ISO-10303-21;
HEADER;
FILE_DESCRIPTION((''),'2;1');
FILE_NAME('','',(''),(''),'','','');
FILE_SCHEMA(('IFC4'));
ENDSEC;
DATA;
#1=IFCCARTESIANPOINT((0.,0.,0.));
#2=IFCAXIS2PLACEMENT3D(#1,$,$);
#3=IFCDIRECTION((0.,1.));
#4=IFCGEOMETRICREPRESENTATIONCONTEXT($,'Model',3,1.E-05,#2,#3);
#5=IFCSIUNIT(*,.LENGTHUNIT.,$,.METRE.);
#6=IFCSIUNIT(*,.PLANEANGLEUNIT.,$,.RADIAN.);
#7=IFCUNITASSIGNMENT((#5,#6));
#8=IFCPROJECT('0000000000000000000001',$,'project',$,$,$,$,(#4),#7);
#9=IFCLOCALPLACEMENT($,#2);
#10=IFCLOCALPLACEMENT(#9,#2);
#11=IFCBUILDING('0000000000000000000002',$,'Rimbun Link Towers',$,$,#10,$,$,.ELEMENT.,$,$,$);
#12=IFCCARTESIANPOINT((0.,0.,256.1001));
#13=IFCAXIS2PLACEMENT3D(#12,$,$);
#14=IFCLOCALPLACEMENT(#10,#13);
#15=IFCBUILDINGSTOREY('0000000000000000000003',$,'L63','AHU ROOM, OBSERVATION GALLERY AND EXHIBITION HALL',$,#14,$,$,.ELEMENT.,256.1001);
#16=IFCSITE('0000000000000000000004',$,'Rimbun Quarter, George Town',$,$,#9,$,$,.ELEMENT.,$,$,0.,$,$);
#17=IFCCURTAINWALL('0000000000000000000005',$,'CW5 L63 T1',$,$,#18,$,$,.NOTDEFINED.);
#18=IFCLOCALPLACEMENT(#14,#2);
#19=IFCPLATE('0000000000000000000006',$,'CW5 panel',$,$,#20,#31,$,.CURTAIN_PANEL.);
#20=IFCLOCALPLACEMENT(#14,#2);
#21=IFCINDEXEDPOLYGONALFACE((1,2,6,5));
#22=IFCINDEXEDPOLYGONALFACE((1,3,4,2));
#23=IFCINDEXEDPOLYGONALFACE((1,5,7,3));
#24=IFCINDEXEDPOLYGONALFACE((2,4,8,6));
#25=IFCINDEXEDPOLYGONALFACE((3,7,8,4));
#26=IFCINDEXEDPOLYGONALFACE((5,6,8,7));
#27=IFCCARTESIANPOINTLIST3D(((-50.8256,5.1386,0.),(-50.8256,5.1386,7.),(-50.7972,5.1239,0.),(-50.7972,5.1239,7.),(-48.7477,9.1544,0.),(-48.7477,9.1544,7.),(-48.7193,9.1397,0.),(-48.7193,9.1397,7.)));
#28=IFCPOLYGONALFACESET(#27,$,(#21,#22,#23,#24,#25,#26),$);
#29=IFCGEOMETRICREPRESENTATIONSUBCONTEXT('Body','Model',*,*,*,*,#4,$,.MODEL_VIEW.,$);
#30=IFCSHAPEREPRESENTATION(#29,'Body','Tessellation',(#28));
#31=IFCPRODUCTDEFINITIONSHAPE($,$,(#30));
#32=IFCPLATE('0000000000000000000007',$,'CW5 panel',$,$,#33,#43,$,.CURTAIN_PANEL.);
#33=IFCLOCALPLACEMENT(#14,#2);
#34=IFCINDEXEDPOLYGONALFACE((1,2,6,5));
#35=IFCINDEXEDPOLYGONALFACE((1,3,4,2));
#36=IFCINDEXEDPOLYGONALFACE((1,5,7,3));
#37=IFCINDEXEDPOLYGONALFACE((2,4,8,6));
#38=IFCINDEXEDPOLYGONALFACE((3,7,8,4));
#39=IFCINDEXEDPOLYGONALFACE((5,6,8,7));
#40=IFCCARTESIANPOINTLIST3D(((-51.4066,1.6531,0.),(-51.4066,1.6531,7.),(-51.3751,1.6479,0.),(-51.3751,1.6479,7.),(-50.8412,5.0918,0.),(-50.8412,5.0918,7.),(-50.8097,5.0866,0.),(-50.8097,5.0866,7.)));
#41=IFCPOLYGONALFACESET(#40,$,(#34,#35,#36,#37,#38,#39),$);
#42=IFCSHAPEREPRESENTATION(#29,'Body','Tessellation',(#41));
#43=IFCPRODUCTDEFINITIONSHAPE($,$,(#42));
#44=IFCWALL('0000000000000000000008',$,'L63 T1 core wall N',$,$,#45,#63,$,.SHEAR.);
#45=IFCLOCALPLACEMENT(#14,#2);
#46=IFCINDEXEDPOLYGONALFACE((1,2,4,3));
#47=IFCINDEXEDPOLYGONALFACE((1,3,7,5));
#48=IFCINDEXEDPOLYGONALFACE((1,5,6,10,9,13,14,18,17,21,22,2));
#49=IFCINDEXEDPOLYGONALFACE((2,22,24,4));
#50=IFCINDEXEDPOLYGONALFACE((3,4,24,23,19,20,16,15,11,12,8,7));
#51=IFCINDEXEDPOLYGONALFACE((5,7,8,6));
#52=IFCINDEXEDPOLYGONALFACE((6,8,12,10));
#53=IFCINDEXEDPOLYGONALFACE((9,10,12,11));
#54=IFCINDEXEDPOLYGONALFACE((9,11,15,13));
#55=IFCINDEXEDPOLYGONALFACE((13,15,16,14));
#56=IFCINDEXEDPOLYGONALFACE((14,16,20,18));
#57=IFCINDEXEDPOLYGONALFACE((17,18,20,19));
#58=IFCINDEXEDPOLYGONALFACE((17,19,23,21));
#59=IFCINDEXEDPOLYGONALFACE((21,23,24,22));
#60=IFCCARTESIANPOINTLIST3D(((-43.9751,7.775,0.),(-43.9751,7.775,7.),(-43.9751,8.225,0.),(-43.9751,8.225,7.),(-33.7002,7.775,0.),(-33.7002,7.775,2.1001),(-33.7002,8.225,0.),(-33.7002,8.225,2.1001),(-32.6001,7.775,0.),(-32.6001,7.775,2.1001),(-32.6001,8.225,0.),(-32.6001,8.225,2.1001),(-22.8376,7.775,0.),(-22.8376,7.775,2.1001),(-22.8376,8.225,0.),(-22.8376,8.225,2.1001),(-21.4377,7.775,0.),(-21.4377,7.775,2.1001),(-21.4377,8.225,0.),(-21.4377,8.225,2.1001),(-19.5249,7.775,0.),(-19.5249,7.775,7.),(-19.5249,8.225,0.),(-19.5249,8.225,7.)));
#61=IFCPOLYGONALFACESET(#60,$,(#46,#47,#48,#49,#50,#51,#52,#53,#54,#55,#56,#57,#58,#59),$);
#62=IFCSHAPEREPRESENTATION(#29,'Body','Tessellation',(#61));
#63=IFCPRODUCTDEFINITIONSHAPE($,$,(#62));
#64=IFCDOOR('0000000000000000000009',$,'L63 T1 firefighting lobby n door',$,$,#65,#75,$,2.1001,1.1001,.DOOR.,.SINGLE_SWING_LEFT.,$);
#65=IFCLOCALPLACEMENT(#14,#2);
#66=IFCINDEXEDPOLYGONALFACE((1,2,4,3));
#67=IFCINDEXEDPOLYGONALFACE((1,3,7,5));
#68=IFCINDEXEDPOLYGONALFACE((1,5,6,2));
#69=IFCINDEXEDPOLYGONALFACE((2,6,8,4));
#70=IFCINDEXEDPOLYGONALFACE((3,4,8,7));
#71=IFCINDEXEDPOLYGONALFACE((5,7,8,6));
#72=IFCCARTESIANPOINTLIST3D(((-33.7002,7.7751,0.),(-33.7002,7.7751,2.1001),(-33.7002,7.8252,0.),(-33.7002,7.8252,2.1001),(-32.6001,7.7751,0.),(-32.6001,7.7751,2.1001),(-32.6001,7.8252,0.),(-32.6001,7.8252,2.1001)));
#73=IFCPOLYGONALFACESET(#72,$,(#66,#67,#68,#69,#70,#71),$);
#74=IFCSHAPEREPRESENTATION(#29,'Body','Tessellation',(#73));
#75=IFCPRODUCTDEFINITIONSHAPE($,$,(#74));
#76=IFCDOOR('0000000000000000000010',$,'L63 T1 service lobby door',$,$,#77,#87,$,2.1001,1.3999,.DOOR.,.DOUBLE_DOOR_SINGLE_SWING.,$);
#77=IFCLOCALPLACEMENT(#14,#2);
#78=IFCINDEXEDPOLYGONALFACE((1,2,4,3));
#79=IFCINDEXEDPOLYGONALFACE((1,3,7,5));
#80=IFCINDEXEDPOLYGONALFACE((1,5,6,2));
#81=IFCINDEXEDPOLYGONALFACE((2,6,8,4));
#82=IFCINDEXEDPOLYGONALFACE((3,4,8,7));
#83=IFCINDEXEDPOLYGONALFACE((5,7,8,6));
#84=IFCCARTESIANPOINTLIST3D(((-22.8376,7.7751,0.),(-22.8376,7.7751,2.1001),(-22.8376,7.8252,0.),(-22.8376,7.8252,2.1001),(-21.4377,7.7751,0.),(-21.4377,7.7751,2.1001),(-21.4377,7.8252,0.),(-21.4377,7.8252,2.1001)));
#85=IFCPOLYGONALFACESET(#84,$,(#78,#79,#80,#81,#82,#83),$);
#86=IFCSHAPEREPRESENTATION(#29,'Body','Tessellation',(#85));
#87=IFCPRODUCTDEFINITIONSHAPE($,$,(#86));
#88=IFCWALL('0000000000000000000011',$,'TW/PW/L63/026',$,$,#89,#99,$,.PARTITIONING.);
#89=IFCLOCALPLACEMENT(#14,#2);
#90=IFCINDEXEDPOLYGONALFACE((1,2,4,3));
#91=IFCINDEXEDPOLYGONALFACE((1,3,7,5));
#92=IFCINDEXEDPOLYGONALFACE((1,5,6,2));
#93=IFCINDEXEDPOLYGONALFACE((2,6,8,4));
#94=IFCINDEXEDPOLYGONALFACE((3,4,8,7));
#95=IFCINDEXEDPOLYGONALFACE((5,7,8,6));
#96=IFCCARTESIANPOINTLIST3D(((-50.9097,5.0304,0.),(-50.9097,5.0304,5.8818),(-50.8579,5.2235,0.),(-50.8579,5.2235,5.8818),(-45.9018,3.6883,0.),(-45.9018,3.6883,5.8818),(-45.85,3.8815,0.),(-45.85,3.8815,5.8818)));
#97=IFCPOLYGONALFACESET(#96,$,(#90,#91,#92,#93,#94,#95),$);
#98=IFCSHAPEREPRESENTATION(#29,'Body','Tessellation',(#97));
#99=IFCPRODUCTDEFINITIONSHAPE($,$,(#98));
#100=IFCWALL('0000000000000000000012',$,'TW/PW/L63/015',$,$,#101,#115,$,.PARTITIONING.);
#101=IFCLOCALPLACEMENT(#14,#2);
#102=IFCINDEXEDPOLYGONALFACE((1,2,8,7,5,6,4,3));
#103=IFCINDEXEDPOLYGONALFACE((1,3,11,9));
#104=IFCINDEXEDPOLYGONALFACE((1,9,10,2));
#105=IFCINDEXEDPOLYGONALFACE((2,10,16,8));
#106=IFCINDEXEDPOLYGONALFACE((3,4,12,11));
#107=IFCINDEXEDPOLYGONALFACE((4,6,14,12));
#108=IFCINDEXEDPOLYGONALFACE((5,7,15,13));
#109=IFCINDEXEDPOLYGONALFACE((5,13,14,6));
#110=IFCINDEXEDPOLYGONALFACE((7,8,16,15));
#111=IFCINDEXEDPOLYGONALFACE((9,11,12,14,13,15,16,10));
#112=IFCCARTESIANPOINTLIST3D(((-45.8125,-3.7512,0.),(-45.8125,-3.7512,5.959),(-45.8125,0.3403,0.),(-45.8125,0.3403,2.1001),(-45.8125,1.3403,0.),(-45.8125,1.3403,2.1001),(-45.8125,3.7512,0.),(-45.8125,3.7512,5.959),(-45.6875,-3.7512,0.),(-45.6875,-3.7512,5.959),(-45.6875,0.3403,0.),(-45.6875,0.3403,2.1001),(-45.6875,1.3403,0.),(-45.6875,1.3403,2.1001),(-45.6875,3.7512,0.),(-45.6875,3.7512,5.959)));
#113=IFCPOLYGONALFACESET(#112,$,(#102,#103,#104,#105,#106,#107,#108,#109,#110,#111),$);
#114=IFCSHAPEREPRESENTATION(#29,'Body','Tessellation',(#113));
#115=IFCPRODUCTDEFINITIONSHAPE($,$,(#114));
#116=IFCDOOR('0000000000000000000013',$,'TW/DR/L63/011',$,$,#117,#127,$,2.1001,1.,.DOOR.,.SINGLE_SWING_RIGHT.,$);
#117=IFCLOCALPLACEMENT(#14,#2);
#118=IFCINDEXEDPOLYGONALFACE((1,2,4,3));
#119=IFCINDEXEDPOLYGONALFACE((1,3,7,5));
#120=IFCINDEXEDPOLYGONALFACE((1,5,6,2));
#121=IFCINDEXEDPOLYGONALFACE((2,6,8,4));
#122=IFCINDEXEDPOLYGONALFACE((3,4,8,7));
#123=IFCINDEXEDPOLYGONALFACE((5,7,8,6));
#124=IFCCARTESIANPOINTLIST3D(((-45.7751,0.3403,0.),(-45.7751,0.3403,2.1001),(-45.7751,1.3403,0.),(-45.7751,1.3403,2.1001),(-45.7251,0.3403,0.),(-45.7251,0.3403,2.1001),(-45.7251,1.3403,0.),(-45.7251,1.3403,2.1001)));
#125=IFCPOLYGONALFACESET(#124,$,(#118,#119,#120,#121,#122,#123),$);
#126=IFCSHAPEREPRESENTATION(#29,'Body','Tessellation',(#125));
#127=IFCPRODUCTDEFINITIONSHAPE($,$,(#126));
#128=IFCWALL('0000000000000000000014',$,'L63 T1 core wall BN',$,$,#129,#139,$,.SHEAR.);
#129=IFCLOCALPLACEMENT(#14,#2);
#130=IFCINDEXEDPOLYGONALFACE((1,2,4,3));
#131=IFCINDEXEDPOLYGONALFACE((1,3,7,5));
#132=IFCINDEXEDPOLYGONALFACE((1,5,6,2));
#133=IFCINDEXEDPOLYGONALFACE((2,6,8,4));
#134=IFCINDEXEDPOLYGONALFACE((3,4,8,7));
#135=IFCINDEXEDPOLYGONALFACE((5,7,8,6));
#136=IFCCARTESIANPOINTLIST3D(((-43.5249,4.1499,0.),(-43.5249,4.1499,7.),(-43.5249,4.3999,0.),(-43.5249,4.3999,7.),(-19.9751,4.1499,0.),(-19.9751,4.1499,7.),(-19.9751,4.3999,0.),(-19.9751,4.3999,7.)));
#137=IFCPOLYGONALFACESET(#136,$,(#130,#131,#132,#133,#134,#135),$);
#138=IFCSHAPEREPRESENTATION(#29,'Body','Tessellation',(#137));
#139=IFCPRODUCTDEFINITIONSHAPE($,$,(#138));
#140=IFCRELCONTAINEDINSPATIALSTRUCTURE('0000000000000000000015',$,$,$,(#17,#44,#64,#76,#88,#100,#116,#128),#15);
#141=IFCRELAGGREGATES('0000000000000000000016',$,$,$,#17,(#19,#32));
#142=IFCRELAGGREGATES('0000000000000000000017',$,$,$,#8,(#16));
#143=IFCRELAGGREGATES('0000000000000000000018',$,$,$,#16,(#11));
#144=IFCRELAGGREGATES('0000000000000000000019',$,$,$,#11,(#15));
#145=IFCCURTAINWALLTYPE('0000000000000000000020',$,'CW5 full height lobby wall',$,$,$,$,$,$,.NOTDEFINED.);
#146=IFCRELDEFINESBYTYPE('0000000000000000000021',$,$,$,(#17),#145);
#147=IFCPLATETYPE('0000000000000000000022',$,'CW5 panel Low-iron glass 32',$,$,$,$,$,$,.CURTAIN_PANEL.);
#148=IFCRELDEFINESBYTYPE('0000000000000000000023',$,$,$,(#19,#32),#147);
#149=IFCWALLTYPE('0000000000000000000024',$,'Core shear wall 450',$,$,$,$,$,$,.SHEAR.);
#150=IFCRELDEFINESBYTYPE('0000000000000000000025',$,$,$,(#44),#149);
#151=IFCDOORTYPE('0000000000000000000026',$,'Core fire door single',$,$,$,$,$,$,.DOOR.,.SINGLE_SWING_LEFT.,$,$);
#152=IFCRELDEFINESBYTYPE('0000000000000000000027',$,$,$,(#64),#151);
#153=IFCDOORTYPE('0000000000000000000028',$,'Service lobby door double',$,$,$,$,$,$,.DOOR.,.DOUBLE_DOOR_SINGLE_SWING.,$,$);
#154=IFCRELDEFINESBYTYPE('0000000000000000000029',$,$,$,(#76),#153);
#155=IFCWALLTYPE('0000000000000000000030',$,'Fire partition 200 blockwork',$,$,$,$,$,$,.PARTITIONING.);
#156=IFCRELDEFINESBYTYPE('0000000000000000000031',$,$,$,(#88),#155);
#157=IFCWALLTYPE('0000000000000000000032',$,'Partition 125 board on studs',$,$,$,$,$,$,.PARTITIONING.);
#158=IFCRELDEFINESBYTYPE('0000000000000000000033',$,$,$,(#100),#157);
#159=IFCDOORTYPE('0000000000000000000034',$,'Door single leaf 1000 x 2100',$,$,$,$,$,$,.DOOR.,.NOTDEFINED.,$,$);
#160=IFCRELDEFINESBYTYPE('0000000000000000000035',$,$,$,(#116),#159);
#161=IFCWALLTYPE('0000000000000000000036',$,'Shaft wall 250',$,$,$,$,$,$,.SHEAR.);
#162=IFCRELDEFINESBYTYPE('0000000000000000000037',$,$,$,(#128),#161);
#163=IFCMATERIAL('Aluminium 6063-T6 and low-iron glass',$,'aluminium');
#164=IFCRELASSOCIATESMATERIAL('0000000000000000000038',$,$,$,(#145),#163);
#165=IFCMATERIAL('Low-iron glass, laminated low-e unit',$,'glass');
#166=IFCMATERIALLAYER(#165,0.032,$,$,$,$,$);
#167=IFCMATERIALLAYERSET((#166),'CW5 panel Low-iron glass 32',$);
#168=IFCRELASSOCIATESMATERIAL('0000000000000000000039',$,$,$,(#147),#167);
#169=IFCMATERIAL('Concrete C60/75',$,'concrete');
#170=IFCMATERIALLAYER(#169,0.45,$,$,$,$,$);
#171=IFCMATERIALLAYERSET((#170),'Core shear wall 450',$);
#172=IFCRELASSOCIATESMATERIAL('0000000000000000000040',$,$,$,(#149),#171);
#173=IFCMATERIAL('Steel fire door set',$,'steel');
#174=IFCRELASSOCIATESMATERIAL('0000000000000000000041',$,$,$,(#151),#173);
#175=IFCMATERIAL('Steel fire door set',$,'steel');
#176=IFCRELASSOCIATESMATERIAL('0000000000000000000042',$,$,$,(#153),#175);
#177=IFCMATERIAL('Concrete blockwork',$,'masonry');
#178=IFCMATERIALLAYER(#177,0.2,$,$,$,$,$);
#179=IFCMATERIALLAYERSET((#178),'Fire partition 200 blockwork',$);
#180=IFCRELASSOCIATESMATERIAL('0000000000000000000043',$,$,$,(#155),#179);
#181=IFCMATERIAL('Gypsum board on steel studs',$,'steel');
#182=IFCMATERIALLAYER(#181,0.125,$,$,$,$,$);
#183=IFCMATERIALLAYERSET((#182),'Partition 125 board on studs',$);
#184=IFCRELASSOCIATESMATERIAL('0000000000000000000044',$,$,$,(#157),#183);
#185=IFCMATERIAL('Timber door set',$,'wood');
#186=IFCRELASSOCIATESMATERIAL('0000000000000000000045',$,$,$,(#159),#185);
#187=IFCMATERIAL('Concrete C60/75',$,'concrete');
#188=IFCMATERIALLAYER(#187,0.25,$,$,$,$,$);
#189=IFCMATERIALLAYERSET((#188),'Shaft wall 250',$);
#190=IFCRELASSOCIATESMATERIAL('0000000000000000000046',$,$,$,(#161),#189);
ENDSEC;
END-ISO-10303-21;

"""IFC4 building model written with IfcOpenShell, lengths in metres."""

from ifc_helpers import new_model, si_unit, direction, frame, frame_2d, origin, origin_2d, place, context, subcontext, project, spatial, rectangle, extrude, material, layer, layer_set, type_object, element, fill, aggregate, save


model = new_model("IFC4")

# Units and contexts
model_context = context("Model", 3, precision=1e-05, world=origin(), true_north=direction((0.0, 1.0)))
body_context = subcontext(model_context, "Body", "Model", "MODEL_VIEW")
ifc_project = project(units=[si_unit("LENGTHUNIT", "METRE"), si_unit("PLANEANGLEUNIT", "RADIAN")], contexts=[model_context])

# Site, building, storey
site_placement = place(None, origin())
site = spatial("IfcSite", under=ifc_project, at=site_placement, Name="Rimbun Quarter, George Town", CompositionType="ELEMENT", RefElevation=0.0)
building_placement = place(site_placement, origin())
building = spatial("IfcBuilding", under=site, at=building_placement, Name="Rimbun Link Towers", CompositionType="ELEMENT")
storey_placement = place(building_placement, frame((0.0, 0.0, 256.1001)))
storey = spatial("IfcBuildingStorey", under=building, at=storey_placement, Name="L63", Description="AHU ROOM, OBSERVATION GALLERY AND EXHIBITION HALL", CompositionType="ELEMENT", Elevation=256.1001)

# Curtain wall
ifc_material_1 = material(Name="Aluminium 6063-T6 and low-iron glass", Category="aluminium")
curtain_wall_type = type_object("IfcCurtainWallType", Name="CW5 full height lobby wall", PredefinedType="NOTDEFINED", material=ifc_material_1)
curtain_wall_placement = place(storey_placement, origin())
curtain_wall = element("IfcCurtainWall", 1, at=curtain_wall_placement, inside=storey, type_object=curtain_wall_type, Name="CW5 L63 T1", PredefinedType="NOTDEFINED")

# Plates
ifc_material_2 = material(Name="Low-iron glass, laminated low-e unit", Category="glass")
ifc_layer_1 = layer(ifc_material_2, 0.032)
ifc_layer_set_1 = layer_set([ifc_layer_1], Name="CW5 panel Low-iron glass 32")
plate_type = type_object("IfcPlateType", Name="CW5 panel Low-iron glass 32", PredefinedType="CURTAIN_PANEL", material=ifc_layer_set_1)
plate_1_placement = place(storey_placement, frame((-49.7725, 7.1392, 0.0), z_axis=(0.0, 0.0, 1.0), x_axis=(0.459551, 0.888152, 0.0)))
plate_1 = element("IfcPlate", 2, at=plate_1_placement, type_object=plate_type, Name="CW5 panel", PredefinedType="CURTAIN_PANEL", context=body_context, shape_type="SweptSolid", body=[
    extrude(rectangle(XDim=4.5215, YDim=0.032, at=origin_2d()), origin(), (0.0, 0.0, 1.0), 7.0),
])
plate_2_placement = place(storey_placement, frame((-51.1082, 3.3699, 0.0), z_axis=(0.0, 0.0, 1.0), x_axis=(0.162249, 0.98675, 0.0)))
plate_2 = element("IfcPlate", 3, at=plate_2_placement, type_object=plate_type, Name="CW5 panel", PredefinedType="CURTAIN_PANEL", context=body_context, shape_type="SweptSolid", body=[
    extrude(rectangle(XDim=3.4849, YDim=0.032, at=origin_2d()), origin(), (0.0, 0.0, 1.0), 7.0),
])
aggregate(curtain_wall, [plate_1, plate_2])

# Wall, openings, doors
ifc_material_3 = material(Name="Concrete C60/75", Category="concrete")
ifc_layer_2 = layer(ifc_material_3, 0.45)
ifc_layer_set_2 = layer_set([ifc_layer_2], Name="Core shear wall 450")
wall_type_1 = type_object("IfcWallType", Name="Core shear wall 450", PredefinedType="SHEAR", material=ifc_layer_set_2)
wall_1_placement = place(storey_placement, frame((-43.9751, 8.0, 0.0), z_axis=(0.0, 0.0, 1.0), x_axis=(1.0, 0.0, 0.0)))
wall_1 = element("IfcWall", 4, at=wall_1_placement, inside=storey, type_object=wall_type_1, Name="L63 T1 core wall N", PredefinedType="SHEAR", context=body_context, shape_type="SweptSolid", body=[
    extrude(rectangle(XDim=24.4502, YDim=0.45, at=frame_2d((12.2251, 0.0))), origin(), (0.0, 0.0, 1.0), 7.0),
])
opening_1_placement = place(wall_1_placement, frame((10.2749, 0.0, 0.0)))
opening_1 = element("IfcOpeningElement", 5, at=opening_1_placement, cuts=wall_1, PredefinedType="OPENING", context=body_context, shape_type="SweptSolid", body=[
    extrude(rectangle(XDim=1.1001, YDim=2.1001, at=frame_2d((0.55, 1.05))), frame((0.0, 0.2349, 0.0), z_axis=(0.0, -1.0, 0.0), x_axis=(1.0, 0.0, 0.0)), (0.0, 0.0, 1.0), 0.47),
])
opening_2_placement = place(wall_1_placement, frame((21.1375, 0.0, 0.0)))
opening_2 = element("IfcOpeningElement", 6, at=opening_2_placement, cuts=wall_1, PredefinedType="OPENING", context=body_context, shape_type="SweptSolid", body=[
    extrude(rectangle(XDim=1.3999, YDim=2.1001, at=frame_2d((0.7, 1.05))), frame((0.0, 0.2349, 0.0), z_axis=(0.0, -1.0, 0.0), x_axis=(1.0, 0.0, 0.0)), (0.0, 0.0, 1.0), 0.47),
])
ifc_material_4 = material(Name="Steel fire door set", Category="steel")
door_type_1 = type_object("IfcDoorType", Name="Core fire door single", OperationType="SINGLE_SWING_LEFT", PredefinedType="DOOR", material=ifc_material_4)
door_1_placement = place(opening_1_placement, origin())
door_1 = element("IfcDoor", 7, at=door_1_placement, inside=storey, type_object=door_type_1, Name="L63 T1 firefighting lobby n door", OperationType="SINGLE_SWING_LEFT", OverallHeight=2.1001, OverallWidth=1.1001, PredefinedType="DOOR", context=body_context, shape_type="SweptSolid", body=[
    extrude(rectangle(XDim=1.1001, YDim=2.1001, at=frame_2d((0.55, 1.05))), frame((0.0, -0.1748, 0.0), z_axis=(0.0, -1.0, 0.0), x_axis=(1.0, 0.0, 0.0)), (0.0, 0.0, 1.0), 0.05),
])
fill(opening_1, door_1)
ifc_material_5 = material(Name="Steel fire door set", Category="steel")
door_type_2 = type_object("IfcDoorType", Name="Service lobby door double", OperationType="DOUBLE_DOOR_SINGLE_SWING", PredefinedType="DOOR", material=ifc_material_5)
door_2_placement = place(opening_2_placement, origin())
door_2 = element("IfcDoor", 8, at=door_2_placement, inside=storey, type_object=door_type_2, Name="L63 T1 service lobby door", OperationType="DOUBLE_DOOR_SINGLE_SWING", OverallHeight=2.1001, OverallWidth=1.3999, PredefinedType="DOOR", context=body_context, shape_type="SweptSolid", body=[
    extrude(rectangle(XDim=1.3999, YDim=2.1001, at=frame_2d((0.7, 1.05))), frame((0.0, -0.1748, 0.0), z_axis=(0.0, -1.0, 0.0), x_axis=(1.0, 0.0, 0.0)), (0.0, 0.0, 1.0), 0.05),
])
fill(opening_2, door_2)

# Wall
ifc_material_6 = material(Name="Concrete blockwork", Category="masonry")
ifc_layer_3 = layer(ifc_material_6, 0.2)
ifc_layer_set_3 = layer_set([ifc_layer_3], Name="Fire partition 200 blockwork")
wall_type_2 = type_object("IfcWallType", Name="Fire partition 200 blockwork", PredefinedType="PARTITIONING", material=ifc_layer_set_3)
wall_2_placement = place(storey_placement, frame((-50.8838, 5.127, 0.0), z_axis=(0.0, 0.0, 1.0), x_axis=(0.965916, -0.258855, 0.0)))
element("IfcWall", 9, at=wall_2_placement, inside=storey, type_object=wall_type_2, Name="TW/PW/L63/026", PredefinedType="PARTITIONING", context=body_context, shape_type="SweptSolid", body=[
    extrude(rectangle(XDim=5.1846, YDim=0.2, at=frame_2d((2.5923, 0.0))), origin(), (0.0, 0.0, 1.0), 5.8818),
])

# Wall, opening, door
ifc_material_7 = material(Name="Gypsum board on steel studs", Category="steel")
ifc_layer_4 = layer(ifc_material_7, 0.125)
ifc_layer_set_4 = layer_set([ifc_layer_4], Name="Partition 125 board on studs")
wall_type_3 = type_object("IfcWallType", Name="Partition 125 board on studs", PredefinedType="PARTITIONING", material=ifc_layer_set_4)
wall_3_placement = place(storey_placement, frame((-45.75, 3.7512, 0.0), z_axis=(0.0, 0.0, 1.0), x_axis=(0.0, -1.0, 0.0)))
wall_3 = element("IfcWall", 10, at=wall_3_placement, inside=storey, type_object=wall_type_3, Name="TW/PW/L63/015", PredefinedType="PARTITIONING", context=body_context, shape_type="SweptSolid", body=[
    extrude(rectangle(XDim=7.5024, YDim=0.125, at=frame_2d((3.7512, 0.0))), origin(), (0.0, 0.0, 1.0), 5.959),
])
opening_3_placement = place(wall_3_placement, frame((2.4109, 0.0, 0.0)))
opening_3 = element("IfcOpeningElement", 11, at=opening_3_placement, cuts=wall_3, PredefinedType="OPENING", context=body_context, shape_type="SweptSolid", body=[
    extrude(rectangle(XDim=1.0, YDim=2.1001, at=frame_2d((0.5, 1.05))), frame((0.0, 0.0725, 0.0), z_axis=(0.0, -1.0, 0.0), x_axis=(1.0, 0.0, 0.0)), (0.0, 0.0, 1.0), 0.145),
])
ifc_material_8 = material(Name="Timber door set", Category="wood")
door_type_3 = type_object("IfcDoorType", Name="Door single leaf 1000 x 2100", OperationType="NOTDEFINED", PredefinedType="DOOR", material=ifc_material_8)
door_3_placement = place(opening_3_placement, origin())
door_3 = element("IfcDoor", 12, at=door_3_placement, inside=storey, type_object=door_type_3, Name="TW/DR/L63/011", OperationType="SINGLE_SWING_RIGHT", OverallHeight=2.1001, OverallWidth=1.0, PredefinedType="DOOR", context=body_context, shape_type="SweptSolid", body=[
    extrude(rectangle(XDim=1.0, YDim=2.1001, at=frame_2d((0.5, 1.05))), frame((0.0, 0.0249, 0.0), z_axis=(0.0, -1.0, 0.0), x_axis=(1.0, 0.0, 0.0)), (0.0, 0.0, 1.0), 0.05),
])
fill(opening_3, door_3)

# Wall
ifc_material_9 = material(Name="Concrete C60/75", Category="concrete")
ifc_layer_5 = layer(ifc_material_9, 0.25)
ifc_layer_set_5 = layer_set([ifc_layer_5], Name="Shaft wall 250")
wall_type_4 = type_object("IfcWallType", Name="Shaft wall 250", PredefinedType="SHEAR", material=ifc_layer_set_5)
wall_4_placement = place(storey_placement, frame((-43.5249, 4.2749, 0.0), z_axis=(0.0, 0.0, 1.0), x_axis=(1.0, 0.0, 0.0)))
element("IfcWall", 13, at=wall_4_placement, inside=storey, type_object=wall_type_4, Name="L63 T1 core wall BN", PredefinedType="SHEAR", context=body_context, shape_type="SweptSolid", body=[
    extrude(rectangle(XDim=23.5498, YDim=0.25, at=frame_2d((11.7749, 0.0))), origin(), (0.0, 0.0, 1.0), 7.0),
])

save(model, "model.ifc")
